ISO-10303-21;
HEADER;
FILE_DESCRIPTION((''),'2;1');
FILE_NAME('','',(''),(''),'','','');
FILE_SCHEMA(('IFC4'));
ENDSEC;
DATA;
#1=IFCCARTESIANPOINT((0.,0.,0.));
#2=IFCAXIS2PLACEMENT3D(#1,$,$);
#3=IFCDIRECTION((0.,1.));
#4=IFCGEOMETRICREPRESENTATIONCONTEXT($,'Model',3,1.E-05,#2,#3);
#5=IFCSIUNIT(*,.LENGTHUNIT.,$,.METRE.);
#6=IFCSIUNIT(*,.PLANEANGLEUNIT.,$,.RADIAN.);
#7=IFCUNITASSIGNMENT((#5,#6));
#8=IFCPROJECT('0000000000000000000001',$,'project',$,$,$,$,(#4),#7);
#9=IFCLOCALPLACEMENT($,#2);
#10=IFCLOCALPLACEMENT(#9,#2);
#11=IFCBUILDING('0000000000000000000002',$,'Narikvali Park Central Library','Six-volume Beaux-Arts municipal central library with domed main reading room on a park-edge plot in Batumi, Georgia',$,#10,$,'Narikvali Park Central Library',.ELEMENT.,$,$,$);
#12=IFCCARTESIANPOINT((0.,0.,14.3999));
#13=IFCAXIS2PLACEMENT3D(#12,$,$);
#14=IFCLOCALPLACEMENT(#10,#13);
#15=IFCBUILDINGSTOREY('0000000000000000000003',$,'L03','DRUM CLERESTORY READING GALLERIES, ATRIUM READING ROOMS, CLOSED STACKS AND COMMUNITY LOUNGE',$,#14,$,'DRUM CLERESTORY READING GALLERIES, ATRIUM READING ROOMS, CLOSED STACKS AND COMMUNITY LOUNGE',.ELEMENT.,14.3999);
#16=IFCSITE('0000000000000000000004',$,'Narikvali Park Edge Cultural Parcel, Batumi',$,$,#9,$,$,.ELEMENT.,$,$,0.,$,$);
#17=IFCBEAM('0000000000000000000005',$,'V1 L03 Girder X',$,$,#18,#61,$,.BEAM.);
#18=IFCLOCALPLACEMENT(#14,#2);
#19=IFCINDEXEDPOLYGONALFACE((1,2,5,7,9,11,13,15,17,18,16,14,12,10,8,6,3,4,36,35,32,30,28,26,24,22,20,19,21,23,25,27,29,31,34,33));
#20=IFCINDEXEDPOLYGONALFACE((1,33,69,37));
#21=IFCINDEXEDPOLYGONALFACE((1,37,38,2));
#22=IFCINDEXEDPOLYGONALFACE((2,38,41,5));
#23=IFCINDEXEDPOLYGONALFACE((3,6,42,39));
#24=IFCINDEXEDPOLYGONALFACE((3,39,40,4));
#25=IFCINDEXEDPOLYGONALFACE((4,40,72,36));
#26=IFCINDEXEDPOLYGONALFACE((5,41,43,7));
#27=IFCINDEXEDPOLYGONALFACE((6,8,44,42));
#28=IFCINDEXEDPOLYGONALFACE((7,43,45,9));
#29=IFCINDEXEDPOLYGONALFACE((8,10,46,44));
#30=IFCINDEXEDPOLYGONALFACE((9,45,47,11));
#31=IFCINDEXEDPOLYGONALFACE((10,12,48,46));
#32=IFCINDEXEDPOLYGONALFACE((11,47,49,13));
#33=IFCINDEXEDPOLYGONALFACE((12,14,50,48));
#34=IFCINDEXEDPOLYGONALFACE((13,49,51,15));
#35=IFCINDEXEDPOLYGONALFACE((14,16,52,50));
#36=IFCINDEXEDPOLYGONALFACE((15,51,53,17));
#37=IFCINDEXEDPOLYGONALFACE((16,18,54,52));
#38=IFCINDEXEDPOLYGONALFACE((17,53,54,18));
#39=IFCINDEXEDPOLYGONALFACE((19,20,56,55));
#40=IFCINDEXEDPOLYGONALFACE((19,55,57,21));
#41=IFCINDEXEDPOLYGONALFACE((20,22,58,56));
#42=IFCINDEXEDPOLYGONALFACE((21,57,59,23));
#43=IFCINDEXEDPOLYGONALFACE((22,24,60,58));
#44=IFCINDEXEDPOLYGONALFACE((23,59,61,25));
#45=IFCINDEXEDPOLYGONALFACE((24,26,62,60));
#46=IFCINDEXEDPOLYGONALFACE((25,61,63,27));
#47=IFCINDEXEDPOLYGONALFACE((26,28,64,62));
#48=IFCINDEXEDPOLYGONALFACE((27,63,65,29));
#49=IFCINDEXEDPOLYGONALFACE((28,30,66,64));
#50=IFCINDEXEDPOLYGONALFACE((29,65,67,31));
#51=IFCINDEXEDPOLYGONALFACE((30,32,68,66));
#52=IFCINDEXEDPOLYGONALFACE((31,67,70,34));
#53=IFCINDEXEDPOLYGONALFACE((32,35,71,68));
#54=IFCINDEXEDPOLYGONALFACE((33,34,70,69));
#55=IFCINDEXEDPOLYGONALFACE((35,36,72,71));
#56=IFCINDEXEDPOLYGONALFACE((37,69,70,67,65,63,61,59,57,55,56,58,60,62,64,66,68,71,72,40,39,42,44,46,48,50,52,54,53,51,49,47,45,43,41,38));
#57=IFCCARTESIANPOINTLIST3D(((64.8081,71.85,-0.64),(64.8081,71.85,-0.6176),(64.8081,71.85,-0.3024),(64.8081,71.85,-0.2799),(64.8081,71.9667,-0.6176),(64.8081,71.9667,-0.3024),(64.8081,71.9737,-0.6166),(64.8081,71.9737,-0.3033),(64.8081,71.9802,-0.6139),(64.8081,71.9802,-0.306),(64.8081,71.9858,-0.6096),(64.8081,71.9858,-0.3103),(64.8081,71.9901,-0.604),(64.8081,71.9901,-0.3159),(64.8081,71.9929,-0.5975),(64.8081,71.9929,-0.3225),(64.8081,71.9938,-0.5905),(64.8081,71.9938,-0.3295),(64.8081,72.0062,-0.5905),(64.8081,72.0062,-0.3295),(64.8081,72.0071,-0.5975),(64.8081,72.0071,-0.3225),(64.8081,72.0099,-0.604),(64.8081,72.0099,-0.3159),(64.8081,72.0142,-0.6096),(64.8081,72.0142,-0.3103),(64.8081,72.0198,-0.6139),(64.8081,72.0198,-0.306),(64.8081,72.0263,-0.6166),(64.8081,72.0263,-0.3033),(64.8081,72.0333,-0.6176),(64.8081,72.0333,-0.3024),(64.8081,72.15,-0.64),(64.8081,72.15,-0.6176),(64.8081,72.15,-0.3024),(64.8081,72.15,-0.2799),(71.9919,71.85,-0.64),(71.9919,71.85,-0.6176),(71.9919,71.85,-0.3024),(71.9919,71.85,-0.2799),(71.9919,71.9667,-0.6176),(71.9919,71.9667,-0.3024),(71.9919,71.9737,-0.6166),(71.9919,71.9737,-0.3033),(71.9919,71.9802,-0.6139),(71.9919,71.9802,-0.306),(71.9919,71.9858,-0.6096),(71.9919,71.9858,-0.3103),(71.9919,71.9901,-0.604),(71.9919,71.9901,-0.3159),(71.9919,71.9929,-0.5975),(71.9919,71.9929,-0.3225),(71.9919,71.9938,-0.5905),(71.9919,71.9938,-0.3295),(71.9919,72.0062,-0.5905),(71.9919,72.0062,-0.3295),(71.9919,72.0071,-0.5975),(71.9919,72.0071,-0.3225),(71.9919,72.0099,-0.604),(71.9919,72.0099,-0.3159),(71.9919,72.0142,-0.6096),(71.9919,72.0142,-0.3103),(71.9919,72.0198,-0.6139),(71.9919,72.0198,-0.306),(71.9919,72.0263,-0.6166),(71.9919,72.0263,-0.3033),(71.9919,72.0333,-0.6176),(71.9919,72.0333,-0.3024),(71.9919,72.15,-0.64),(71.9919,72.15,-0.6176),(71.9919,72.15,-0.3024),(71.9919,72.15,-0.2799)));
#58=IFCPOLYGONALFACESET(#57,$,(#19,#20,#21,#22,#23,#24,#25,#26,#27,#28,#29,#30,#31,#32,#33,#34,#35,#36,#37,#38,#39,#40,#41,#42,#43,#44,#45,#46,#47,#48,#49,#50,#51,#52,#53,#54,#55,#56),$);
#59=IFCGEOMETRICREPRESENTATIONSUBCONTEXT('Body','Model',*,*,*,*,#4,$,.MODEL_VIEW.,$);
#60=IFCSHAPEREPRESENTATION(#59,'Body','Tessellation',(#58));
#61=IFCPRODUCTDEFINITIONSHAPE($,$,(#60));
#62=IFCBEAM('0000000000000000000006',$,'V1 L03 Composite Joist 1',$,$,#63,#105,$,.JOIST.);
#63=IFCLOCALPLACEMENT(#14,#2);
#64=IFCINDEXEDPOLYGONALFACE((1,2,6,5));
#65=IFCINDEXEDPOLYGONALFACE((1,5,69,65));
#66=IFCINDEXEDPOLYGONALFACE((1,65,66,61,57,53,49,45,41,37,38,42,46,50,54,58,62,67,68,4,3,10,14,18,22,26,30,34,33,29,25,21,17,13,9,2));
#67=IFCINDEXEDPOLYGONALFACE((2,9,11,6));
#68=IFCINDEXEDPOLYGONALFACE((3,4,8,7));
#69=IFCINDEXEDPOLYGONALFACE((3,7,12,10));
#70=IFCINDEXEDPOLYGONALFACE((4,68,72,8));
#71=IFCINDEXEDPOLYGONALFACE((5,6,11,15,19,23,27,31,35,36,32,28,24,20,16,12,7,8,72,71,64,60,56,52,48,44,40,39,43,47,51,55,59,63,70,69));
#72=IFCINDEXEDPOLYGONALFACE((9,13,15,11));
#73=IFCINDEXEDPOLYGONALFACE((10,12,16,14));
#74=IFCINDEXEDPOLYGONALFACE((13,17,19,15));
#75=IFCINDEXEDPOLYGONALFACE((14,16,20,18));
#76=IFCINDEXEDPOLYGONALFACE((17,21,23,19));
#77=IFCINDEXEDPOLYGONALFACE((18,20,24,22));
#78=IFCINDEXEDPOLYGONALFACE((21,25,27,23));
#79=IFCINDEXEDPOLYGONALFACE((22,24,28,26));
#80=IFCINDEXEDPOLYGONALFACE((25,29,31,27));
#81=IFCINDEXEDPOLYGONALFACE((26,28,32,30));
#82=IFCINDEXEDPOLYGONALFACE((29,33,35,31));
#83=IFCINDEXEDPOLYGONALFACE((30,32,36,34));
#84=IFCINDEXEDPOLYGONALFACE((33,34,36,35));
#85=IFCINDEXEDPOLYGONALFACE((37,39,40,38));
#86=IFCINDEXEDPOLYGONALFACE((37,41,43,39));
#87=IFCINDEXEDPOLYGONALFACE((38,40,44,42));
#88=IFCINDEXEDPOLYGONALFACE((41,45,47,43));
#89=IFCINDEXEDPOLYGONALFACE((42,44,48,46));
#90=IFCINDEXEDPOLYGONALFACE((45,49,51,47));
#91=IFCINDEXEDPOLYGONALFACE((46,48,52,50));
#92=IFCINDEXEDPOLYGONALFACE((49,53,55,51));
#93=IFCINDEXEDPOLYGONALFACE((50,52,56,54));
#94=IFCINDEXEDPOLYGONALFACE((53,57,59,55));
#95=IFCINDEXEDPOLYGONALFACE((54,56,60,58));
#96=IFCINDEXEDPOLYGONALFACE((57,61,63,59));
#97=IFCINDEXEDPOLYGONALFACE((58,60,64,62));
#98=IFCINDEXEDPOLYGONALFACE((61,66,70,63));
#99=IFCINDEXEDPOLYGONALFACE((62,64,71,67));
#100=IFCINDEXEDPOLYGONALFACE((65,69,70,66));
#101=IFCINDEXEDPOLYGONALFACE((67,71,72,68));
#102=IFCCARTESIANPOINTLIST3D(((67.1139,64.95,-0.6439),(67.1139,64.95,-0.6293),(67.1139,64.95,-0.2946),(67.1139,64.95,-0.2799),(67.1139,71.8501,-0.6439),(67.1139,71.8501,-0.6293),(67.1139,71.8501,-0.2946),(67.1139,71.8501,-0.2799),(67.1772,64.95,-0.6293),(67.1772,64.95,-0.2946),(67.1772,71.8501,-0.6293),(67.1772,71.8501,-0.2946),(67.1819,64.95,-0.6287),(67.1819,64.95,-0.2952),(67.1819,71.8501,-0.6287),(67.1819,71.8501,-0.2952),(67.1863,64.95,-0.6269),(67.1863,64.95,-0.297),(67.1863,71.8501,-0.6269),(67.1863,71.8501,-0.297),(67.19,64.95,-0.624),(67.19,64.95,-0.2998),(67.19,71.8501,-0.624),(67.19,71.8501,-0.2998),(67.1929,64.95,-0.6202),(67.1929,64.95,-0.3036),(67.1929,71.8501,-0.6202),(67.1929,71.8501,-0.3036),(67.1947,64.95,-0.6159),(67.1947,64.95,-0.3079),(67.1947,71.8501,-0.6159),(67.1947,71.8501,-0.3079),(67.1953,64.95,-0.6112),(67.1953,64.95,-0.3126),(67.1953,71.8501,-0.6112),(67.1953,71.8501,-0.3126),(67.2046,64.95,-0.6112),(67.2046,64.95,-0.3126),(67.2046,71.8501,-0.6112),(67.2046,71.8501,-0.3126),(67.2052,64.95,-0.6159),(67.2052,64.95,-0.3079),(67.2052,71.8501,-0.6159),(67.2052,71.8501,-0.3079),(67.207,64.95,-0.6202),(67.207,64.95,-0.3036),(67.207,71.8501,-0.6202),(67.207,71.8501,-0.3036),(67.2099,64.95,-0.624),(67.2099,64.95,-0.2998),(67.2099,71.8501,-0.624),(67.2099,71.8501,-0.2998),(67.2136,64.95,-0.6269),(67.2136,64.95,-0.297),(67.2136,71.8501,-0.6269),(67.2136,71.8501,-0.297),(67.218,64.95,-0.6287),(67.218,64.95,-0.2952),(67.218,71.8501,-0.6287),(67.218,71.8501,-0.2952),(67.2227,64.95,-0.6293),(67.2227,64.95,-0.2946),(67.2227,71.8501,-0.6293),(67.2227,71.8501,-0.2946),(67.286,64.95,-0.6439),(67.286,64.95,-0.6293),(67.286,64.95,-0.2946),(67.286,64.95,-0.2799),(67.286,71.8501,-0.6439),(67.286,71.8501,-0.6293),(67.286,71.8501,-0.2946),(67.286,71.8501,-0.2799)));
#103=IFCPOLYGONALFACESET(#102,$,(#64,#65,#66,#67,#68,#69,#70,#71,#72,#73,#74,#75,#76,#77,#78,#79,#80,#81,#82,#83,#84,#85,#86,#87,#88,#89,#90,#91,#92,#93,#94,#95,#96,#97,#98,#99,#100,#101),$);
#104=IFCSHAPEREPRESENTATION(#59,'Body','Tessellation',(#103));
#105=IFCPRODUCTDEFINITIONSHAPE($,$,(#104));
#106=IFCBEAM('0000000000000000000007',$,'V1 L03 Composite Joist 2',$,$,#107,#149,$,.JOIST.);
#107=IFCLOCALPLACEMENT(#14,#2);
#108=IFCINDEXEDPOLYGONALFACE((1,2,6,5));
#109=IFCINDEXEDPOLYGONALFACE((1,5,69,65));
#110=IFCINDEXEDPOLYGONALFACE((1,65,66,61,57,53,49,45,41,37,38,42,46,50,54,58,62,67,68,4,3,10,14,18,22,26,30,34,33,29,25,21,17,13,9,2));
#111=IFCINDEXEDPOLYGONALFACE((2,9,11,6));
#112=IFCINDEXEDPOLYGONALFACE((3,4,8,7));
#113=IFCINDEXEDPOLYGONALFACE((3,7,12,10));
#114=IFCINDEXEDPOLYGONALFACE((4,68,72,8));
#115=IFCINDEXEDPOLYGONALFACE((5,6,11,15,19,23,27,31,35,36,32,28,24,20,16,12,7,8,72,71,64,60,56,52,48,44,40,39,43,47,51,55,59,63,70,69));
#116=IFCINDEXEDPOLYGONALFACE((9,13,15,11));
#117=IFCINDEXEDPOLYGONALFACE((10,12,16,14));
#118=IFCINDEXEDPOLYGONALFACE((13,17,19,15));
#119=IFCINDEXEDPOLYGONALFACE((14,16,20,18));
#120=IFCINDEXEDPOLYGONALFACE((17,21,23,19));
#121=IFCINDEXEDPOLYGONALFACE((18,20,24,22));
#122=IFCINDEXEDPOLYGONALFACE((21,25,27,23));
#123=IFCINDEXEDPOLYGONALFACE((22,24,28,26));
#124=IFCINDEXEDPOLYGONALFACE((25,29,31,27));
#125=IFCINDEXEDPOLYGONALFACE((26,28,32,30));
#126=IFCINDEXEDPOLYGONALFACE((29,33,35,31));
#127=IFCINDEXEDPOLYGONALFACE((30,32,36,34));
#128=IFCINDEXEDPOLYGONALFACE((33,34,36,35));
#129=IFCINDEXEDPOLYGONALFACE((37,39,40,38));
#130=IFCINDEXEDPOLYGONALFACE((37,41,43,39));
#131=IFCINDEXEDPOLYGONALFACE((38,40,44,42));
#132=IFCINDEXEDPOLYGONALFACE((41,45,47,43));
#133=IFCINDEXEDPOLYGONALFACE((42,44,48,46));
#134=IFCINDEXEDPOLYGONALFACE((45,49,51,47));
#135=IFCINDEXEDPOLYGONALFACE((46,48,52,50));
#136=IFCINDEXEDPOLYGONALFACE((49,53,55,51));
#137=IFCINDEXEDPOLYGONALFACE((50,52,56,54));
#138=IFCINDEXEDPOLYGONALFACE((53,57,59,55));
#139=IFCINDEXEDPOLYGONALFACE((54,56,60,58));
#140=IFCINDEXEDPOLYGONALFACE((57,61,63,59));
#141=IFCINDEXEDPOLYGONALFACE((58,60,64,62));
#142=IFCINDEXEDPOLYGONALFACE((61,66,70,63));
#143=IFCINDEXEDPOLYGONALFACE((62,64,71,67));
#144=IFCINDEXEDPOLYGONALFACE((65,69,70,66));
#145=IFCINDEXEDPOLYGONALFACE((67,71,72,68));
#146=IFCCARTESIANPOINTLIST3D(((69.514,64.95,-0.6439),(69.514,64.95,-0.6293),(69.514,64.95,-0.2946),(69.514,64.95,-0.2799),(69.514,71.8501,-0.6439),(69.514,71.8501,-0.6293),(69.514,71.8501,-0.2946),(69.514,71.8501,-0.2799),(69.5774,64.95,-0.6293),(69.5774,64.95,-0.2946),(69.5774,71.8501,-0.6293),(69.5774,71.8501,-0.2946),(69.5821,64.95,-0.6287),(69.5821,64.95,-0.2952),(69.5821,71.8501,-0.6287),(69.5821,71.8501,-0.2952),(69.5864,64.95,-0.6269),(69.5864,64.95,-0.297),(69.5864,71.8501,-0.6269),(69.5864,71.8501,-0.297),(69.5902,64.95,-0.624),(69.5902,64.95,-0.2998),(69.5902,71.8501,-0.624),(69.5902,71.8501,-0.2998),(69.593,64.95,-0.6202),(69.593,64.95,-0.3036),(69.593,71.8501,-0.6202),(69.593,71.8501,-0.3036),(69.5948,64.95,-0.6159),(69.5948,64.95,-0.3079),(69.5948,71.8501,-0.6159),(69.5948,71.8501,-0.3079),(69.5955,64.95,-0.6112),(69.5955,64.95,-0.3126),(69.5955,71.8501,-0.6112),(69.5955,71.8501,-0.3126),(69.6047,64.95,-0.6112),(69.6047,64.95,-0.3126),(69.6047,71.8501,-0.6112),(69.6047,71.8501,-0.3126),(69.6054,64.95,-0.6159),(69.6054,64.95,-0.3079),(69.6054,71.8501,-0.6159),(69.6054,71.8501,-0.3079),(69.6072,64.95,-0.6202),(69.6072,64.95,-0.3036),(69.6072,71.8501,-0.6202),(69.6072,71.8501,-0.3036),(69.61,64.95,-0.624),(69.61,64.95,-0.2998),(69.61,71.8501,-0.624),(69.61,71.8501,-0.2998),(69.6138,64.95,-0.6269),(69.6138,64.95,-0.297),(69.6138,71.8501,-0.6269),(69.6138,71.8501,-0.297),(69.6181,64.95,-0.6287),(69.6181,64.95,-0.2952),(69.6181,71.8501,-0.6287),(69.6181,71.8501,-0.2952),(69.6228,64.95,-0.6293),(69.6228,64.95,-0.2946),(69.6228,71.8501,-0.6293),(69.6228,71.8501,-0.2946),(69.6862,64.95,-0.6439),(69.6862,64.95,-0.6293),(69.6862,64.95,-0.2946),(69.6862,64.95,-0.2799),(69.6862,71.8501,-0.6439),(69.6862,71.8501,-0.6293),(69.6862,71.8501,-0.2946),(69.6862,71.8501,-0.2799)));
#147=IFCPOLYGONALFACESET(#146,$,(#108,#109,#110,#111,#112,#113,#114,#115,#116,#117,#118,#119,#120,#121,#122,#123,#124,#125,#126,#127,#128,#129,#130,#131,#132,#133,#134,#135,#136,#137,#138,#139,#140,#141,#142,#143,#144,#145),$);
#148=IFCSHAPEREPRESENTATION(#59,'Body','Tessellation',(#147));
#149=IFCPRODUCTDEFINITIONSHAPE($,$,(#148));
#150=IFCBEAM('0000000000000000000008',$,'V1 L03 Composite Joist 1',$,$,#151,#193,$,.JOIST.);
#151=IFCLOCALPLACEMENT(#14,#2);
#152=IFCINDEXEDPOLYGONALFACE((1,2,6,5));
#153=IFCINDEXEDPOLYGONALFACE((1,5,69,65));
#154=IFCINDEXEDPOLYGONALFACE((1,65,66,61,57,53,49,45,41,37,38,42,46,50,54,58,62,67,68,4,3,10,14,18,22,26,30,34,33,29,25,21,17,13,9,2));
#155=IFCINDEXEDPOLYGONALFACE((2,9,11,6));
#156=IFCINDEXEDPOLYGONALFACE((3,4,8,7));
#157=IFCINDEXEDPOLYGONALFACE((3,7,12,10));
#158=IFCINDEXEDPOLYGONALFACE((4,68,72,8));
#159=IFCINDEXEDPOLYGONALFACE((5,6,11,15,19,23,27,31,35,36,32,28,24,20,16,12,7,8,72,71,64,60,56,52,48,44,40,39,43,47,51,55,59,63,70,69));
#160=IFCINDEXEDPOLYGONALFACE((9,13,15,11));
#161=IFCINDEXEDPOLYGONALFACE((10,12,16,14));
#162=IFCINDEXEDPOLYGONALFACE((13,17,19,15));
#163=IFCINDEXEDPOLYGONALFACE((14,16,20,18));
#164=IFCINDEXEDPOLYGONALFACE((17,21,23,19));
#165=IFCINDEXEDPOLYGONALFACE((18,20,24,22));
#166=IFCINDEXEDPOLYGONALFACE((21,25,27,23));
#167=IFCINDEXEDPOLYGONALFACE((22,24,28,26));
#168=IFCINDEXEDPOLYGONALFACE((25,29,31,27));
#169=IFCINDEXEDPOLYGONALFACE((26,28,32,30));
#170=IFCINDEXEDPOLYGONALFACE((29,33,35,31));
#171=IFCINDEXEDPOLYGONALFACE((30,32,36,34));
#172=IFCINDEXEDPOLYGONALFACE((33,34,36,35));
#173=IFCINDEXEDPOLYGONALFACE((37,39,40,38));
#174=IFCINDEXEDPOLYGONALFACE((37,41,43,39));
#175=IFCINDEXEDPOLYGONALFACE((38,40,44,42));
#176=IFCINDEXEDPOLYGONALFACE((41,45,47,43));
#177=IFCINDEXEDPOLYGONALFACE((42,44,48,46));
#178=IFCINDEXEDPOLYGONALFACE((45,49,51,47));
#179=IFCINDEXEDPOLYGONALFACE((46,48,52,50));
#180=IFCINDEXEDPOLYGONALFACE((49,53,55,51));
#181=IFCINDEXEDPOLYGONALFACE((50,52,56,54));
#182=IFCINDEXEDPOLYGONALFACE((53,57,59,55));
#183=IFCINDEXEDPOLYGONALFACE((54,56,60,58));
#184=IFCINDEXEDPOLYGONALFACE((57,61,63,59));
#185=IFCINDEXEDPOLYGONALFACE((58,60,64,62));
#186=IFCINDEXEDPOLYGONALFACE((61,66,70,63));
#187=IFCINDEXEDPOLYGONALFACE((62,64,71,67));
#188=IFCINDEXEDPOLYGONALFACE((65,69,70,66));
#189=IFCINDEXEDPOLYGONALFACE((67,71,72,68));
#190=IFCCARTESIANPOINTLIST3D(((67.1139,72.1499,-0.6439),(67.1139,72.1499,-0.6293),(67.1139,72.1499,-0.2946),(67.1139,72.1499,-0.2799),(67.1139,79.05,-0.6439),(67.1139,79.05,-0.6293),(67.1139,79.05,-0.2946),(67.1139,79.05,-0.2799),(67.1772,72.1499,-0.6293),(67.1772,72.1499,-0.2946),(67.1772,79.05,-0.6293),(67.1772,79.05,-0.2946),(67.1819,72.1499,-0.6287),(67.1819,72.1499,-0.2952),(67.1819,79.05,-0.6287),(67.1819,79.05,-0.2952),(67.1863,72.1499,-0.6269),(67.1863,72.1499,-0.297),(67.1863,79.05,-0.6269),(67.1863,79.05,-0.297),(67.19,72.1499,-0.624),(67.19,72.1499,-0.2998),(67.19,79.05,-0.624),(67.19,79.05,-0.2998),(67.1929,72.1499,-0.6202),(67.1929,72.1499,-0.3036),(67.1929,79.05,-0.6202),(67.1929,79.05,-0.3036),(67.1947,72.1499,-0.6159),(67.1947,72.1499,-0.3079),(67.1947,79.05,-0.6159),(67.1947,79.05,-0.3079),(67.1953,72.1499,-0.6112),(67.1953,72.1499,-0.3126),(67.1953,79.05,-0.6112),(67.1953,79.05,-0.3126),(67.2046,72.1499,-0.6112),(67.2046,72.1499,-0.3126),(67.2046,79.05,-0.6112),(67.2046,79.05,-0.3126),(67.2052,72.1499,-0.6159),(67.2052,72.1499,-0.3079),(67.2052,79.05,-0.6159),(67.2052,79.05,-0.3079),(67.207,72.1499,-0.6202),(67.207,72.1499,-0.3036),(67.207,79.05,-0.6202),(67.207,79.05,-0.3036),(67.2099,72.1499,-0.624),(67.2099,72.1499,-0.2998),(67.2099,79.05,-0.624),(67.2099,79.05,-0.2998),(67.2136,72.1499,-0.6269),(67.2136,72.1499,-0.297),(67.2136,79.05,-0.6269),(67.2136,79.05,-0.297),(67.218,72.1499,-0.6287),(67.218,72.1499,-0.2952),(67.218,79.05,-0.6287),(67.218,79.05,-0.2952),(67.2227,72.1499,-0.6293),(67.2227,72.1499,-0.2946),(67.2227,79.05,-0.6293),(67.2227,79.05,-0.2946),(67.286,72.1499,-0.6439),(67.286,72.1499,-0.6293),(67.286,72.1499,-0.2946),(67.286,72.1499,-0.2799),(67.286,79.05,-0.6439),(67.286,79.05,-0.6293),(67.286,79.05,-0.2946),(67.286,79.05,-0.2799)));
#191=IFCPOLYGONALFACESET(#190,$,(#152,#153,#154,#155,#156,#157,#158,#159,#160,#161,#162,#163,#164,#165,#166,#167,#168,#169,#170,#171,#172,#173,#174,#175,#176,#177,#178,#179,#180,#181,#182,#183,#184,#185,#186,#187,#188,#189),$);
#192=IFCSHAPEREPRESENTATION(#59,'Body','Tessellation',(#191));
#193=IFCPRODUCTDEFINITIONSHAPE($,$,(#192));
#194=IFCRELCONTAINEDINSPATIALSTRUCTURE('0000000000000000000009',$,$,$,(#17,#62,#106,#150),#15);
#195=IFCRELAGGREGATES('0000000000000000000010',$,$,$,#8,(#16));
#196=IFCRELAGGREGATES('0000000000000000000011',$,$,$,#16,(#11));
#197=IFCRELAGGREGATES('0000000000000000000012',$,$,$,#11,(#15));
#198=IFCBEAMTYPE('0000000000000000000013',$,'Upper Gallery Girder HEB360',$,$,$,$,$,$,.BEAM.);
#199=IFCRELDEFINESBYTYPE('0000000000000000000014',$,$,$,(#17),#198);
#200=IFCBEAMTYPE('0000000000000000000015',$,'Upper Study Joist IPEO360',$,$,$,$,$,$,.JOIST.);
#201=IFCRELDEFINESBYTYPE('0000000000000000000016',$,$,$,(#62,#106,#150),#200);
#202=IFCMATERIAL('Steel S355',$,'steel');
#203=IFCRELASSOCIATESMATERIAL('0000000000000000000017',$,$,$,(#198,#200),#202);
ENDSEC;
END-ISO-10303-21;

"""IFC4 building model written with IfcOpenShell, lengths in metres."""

from ifc_helpers import new_model, si_unit, direction, frame, origin, origin_2d, place, context, subcontext, project, spatial, i_section, extrude, material, material_profile, profile_set, type_object, element, save


model = new_model("IFC4")

# Units and contexts
model_context = context("Model", 3, precision=1e-05, world=origin(), true_north=direction((0.0, 1.0)))
body_context = subcontext(model_context, "Body", "Model", "MODEL_VIEW")
ifc_project = project(units=[si_unit("LENGTHUNIT", "METRE"), si_unit("PLANEANGLEUNIT", "RADIAN")], contexts=[model_context])

# Site, building, storey
site_placement = place(None, origin())
site = spatial("IfcSite", under=ifc_project, at=site_placement, Name="Narikvali Park Edge Cultural Parcel, Batumi", CompositionType="ELEMENT", RefElevation=0.0)
building_placement = place(site_placement, origin())
building = spatial("IfcBuilding", under=site, at=building_placement, Name="Narikvali Park Central Library", Description="Six-volume Beaux-Arts municipal central library with domed main reading room on a park-edge plot in Batumi, Georgia", LongName="Narikvali Park Central Library", CompositionType="ELEMENT")
storey_placement = place(building_placement, frame((0.0, 0.0, 14.3999)))
storey = spatial("IfcBuildingStorey", under=building, at=storey_placement, Name="L03", Description="DRUM CLERESTORY READING GALLERIES, ATRIUM READING ROOMS, CLOSED STACKS AND COMMUNITY LOUNGE", LongName="DRUM CLERESTORY READING GALLERIES, ATRIUM READING ROOMS, CLOSED STACKS AND COMMUNITY LOUNGE", CompositionType="ELEMENT", Elevation=14.3999)

# Shared definitions
ifc_material_1 = material(Name="Steel S355", Category="steel")

# Beams
ifc_material_profile_1 = material_profile(ifc_material_1, i_section(OverallWidth=0.3, OverallDepth=0.3601, WebThickness=0.0125, FlangeThickness=0.0225, FilletRadius=0.0271, at=origin_2d()), Name="HEB 360")
ifc_profile_set_1 = profile_set([ifc_material_profile_1], Name="Steel S355")
beam_type_1 = type_object("IfcBeamType", Name="Upper Gallery Girder HEB360", PredefinedType="BEAM", material=ifc_profile_set_1)
beam_placement = place(storey_placement, frame((64.8081, 72.0, -0.46), z_axis=(1.0, 0.0, 0.0), x_axis=(0.0, 1.0, 0.0)))
element("IfcBeam", 1, at=beam_placement, inside=storey, type_object=beam_type_1, Name="V1 L03 Girder X", PredefinedType="BEAM", context=body_context, shape_type="SweptSolid", body=[
    extrude(i_section(OverallWidth=0.3, OverallDepth=0.3601, WebThickness=0.0125, FlangeThickness=0.0225, FilletRadius=0.0271, at=origin_2d()), origin(), (0.0, 0.0, 1.0), 7.1838),
])
ifc_material_profile_2 = material_profile(ifc_material_1, i_section(OverallWidth=0.1721, OverallDepth=0.364, WebThickness=0.0093, FlangeThickness=0.0146, FilletRadius=0.0181, at=origin_2d()), Name="IPEO 360")
ifc_profile_set_2 = profile_set([ifc_material_profile_2], Name="Steel S355")
beam_type_2 = type_object("IfcBeamType", Name="Upper Study Joist IPEO360", PredefinedType="JOIST", material=ifc_profile_set_2)
for number, where, z_axis, x_axis, name in (
    (2, (67.2, 64.95, -0.4619), (0.0, 1.0, 0.0), (-1.0, 0.0, 0.0), "V1 L03 Composite Joist 1"),
    (3, (69.6001, 64.95, -0.4619), (0.0, 1.0, 0.0), (-1.0, 0.0, 0.0), "V1 L03 Composite Joist 2"),
    (4, (67.2, 72.1499, -0.4619), (0.0, 1.0, 0.0), (-1.0, 0.0, 0.0), "V1 L03 Composite Joist 1"),
):
    element("IfcBeam", number, at=place(storey_placement, frame(where, z_axis=z_axis, x_axis=x_axis)), inside=storey, type_object=beam_type_2, Name=name, PredefinedType="JOIST", context=body_context, shape_type="SweptSolid", body=[
        extrude(i_section(OverallWidth=0.1721, OverallDepth=0.364, WebThickness=0.0093, FlangeThickness=0.0146, FilletRadius=0.0181, at=origin_2d()), origin(), (0.0, 0.0, 1.0), 6.9001),
    ])

save(model, "model.ifc")
